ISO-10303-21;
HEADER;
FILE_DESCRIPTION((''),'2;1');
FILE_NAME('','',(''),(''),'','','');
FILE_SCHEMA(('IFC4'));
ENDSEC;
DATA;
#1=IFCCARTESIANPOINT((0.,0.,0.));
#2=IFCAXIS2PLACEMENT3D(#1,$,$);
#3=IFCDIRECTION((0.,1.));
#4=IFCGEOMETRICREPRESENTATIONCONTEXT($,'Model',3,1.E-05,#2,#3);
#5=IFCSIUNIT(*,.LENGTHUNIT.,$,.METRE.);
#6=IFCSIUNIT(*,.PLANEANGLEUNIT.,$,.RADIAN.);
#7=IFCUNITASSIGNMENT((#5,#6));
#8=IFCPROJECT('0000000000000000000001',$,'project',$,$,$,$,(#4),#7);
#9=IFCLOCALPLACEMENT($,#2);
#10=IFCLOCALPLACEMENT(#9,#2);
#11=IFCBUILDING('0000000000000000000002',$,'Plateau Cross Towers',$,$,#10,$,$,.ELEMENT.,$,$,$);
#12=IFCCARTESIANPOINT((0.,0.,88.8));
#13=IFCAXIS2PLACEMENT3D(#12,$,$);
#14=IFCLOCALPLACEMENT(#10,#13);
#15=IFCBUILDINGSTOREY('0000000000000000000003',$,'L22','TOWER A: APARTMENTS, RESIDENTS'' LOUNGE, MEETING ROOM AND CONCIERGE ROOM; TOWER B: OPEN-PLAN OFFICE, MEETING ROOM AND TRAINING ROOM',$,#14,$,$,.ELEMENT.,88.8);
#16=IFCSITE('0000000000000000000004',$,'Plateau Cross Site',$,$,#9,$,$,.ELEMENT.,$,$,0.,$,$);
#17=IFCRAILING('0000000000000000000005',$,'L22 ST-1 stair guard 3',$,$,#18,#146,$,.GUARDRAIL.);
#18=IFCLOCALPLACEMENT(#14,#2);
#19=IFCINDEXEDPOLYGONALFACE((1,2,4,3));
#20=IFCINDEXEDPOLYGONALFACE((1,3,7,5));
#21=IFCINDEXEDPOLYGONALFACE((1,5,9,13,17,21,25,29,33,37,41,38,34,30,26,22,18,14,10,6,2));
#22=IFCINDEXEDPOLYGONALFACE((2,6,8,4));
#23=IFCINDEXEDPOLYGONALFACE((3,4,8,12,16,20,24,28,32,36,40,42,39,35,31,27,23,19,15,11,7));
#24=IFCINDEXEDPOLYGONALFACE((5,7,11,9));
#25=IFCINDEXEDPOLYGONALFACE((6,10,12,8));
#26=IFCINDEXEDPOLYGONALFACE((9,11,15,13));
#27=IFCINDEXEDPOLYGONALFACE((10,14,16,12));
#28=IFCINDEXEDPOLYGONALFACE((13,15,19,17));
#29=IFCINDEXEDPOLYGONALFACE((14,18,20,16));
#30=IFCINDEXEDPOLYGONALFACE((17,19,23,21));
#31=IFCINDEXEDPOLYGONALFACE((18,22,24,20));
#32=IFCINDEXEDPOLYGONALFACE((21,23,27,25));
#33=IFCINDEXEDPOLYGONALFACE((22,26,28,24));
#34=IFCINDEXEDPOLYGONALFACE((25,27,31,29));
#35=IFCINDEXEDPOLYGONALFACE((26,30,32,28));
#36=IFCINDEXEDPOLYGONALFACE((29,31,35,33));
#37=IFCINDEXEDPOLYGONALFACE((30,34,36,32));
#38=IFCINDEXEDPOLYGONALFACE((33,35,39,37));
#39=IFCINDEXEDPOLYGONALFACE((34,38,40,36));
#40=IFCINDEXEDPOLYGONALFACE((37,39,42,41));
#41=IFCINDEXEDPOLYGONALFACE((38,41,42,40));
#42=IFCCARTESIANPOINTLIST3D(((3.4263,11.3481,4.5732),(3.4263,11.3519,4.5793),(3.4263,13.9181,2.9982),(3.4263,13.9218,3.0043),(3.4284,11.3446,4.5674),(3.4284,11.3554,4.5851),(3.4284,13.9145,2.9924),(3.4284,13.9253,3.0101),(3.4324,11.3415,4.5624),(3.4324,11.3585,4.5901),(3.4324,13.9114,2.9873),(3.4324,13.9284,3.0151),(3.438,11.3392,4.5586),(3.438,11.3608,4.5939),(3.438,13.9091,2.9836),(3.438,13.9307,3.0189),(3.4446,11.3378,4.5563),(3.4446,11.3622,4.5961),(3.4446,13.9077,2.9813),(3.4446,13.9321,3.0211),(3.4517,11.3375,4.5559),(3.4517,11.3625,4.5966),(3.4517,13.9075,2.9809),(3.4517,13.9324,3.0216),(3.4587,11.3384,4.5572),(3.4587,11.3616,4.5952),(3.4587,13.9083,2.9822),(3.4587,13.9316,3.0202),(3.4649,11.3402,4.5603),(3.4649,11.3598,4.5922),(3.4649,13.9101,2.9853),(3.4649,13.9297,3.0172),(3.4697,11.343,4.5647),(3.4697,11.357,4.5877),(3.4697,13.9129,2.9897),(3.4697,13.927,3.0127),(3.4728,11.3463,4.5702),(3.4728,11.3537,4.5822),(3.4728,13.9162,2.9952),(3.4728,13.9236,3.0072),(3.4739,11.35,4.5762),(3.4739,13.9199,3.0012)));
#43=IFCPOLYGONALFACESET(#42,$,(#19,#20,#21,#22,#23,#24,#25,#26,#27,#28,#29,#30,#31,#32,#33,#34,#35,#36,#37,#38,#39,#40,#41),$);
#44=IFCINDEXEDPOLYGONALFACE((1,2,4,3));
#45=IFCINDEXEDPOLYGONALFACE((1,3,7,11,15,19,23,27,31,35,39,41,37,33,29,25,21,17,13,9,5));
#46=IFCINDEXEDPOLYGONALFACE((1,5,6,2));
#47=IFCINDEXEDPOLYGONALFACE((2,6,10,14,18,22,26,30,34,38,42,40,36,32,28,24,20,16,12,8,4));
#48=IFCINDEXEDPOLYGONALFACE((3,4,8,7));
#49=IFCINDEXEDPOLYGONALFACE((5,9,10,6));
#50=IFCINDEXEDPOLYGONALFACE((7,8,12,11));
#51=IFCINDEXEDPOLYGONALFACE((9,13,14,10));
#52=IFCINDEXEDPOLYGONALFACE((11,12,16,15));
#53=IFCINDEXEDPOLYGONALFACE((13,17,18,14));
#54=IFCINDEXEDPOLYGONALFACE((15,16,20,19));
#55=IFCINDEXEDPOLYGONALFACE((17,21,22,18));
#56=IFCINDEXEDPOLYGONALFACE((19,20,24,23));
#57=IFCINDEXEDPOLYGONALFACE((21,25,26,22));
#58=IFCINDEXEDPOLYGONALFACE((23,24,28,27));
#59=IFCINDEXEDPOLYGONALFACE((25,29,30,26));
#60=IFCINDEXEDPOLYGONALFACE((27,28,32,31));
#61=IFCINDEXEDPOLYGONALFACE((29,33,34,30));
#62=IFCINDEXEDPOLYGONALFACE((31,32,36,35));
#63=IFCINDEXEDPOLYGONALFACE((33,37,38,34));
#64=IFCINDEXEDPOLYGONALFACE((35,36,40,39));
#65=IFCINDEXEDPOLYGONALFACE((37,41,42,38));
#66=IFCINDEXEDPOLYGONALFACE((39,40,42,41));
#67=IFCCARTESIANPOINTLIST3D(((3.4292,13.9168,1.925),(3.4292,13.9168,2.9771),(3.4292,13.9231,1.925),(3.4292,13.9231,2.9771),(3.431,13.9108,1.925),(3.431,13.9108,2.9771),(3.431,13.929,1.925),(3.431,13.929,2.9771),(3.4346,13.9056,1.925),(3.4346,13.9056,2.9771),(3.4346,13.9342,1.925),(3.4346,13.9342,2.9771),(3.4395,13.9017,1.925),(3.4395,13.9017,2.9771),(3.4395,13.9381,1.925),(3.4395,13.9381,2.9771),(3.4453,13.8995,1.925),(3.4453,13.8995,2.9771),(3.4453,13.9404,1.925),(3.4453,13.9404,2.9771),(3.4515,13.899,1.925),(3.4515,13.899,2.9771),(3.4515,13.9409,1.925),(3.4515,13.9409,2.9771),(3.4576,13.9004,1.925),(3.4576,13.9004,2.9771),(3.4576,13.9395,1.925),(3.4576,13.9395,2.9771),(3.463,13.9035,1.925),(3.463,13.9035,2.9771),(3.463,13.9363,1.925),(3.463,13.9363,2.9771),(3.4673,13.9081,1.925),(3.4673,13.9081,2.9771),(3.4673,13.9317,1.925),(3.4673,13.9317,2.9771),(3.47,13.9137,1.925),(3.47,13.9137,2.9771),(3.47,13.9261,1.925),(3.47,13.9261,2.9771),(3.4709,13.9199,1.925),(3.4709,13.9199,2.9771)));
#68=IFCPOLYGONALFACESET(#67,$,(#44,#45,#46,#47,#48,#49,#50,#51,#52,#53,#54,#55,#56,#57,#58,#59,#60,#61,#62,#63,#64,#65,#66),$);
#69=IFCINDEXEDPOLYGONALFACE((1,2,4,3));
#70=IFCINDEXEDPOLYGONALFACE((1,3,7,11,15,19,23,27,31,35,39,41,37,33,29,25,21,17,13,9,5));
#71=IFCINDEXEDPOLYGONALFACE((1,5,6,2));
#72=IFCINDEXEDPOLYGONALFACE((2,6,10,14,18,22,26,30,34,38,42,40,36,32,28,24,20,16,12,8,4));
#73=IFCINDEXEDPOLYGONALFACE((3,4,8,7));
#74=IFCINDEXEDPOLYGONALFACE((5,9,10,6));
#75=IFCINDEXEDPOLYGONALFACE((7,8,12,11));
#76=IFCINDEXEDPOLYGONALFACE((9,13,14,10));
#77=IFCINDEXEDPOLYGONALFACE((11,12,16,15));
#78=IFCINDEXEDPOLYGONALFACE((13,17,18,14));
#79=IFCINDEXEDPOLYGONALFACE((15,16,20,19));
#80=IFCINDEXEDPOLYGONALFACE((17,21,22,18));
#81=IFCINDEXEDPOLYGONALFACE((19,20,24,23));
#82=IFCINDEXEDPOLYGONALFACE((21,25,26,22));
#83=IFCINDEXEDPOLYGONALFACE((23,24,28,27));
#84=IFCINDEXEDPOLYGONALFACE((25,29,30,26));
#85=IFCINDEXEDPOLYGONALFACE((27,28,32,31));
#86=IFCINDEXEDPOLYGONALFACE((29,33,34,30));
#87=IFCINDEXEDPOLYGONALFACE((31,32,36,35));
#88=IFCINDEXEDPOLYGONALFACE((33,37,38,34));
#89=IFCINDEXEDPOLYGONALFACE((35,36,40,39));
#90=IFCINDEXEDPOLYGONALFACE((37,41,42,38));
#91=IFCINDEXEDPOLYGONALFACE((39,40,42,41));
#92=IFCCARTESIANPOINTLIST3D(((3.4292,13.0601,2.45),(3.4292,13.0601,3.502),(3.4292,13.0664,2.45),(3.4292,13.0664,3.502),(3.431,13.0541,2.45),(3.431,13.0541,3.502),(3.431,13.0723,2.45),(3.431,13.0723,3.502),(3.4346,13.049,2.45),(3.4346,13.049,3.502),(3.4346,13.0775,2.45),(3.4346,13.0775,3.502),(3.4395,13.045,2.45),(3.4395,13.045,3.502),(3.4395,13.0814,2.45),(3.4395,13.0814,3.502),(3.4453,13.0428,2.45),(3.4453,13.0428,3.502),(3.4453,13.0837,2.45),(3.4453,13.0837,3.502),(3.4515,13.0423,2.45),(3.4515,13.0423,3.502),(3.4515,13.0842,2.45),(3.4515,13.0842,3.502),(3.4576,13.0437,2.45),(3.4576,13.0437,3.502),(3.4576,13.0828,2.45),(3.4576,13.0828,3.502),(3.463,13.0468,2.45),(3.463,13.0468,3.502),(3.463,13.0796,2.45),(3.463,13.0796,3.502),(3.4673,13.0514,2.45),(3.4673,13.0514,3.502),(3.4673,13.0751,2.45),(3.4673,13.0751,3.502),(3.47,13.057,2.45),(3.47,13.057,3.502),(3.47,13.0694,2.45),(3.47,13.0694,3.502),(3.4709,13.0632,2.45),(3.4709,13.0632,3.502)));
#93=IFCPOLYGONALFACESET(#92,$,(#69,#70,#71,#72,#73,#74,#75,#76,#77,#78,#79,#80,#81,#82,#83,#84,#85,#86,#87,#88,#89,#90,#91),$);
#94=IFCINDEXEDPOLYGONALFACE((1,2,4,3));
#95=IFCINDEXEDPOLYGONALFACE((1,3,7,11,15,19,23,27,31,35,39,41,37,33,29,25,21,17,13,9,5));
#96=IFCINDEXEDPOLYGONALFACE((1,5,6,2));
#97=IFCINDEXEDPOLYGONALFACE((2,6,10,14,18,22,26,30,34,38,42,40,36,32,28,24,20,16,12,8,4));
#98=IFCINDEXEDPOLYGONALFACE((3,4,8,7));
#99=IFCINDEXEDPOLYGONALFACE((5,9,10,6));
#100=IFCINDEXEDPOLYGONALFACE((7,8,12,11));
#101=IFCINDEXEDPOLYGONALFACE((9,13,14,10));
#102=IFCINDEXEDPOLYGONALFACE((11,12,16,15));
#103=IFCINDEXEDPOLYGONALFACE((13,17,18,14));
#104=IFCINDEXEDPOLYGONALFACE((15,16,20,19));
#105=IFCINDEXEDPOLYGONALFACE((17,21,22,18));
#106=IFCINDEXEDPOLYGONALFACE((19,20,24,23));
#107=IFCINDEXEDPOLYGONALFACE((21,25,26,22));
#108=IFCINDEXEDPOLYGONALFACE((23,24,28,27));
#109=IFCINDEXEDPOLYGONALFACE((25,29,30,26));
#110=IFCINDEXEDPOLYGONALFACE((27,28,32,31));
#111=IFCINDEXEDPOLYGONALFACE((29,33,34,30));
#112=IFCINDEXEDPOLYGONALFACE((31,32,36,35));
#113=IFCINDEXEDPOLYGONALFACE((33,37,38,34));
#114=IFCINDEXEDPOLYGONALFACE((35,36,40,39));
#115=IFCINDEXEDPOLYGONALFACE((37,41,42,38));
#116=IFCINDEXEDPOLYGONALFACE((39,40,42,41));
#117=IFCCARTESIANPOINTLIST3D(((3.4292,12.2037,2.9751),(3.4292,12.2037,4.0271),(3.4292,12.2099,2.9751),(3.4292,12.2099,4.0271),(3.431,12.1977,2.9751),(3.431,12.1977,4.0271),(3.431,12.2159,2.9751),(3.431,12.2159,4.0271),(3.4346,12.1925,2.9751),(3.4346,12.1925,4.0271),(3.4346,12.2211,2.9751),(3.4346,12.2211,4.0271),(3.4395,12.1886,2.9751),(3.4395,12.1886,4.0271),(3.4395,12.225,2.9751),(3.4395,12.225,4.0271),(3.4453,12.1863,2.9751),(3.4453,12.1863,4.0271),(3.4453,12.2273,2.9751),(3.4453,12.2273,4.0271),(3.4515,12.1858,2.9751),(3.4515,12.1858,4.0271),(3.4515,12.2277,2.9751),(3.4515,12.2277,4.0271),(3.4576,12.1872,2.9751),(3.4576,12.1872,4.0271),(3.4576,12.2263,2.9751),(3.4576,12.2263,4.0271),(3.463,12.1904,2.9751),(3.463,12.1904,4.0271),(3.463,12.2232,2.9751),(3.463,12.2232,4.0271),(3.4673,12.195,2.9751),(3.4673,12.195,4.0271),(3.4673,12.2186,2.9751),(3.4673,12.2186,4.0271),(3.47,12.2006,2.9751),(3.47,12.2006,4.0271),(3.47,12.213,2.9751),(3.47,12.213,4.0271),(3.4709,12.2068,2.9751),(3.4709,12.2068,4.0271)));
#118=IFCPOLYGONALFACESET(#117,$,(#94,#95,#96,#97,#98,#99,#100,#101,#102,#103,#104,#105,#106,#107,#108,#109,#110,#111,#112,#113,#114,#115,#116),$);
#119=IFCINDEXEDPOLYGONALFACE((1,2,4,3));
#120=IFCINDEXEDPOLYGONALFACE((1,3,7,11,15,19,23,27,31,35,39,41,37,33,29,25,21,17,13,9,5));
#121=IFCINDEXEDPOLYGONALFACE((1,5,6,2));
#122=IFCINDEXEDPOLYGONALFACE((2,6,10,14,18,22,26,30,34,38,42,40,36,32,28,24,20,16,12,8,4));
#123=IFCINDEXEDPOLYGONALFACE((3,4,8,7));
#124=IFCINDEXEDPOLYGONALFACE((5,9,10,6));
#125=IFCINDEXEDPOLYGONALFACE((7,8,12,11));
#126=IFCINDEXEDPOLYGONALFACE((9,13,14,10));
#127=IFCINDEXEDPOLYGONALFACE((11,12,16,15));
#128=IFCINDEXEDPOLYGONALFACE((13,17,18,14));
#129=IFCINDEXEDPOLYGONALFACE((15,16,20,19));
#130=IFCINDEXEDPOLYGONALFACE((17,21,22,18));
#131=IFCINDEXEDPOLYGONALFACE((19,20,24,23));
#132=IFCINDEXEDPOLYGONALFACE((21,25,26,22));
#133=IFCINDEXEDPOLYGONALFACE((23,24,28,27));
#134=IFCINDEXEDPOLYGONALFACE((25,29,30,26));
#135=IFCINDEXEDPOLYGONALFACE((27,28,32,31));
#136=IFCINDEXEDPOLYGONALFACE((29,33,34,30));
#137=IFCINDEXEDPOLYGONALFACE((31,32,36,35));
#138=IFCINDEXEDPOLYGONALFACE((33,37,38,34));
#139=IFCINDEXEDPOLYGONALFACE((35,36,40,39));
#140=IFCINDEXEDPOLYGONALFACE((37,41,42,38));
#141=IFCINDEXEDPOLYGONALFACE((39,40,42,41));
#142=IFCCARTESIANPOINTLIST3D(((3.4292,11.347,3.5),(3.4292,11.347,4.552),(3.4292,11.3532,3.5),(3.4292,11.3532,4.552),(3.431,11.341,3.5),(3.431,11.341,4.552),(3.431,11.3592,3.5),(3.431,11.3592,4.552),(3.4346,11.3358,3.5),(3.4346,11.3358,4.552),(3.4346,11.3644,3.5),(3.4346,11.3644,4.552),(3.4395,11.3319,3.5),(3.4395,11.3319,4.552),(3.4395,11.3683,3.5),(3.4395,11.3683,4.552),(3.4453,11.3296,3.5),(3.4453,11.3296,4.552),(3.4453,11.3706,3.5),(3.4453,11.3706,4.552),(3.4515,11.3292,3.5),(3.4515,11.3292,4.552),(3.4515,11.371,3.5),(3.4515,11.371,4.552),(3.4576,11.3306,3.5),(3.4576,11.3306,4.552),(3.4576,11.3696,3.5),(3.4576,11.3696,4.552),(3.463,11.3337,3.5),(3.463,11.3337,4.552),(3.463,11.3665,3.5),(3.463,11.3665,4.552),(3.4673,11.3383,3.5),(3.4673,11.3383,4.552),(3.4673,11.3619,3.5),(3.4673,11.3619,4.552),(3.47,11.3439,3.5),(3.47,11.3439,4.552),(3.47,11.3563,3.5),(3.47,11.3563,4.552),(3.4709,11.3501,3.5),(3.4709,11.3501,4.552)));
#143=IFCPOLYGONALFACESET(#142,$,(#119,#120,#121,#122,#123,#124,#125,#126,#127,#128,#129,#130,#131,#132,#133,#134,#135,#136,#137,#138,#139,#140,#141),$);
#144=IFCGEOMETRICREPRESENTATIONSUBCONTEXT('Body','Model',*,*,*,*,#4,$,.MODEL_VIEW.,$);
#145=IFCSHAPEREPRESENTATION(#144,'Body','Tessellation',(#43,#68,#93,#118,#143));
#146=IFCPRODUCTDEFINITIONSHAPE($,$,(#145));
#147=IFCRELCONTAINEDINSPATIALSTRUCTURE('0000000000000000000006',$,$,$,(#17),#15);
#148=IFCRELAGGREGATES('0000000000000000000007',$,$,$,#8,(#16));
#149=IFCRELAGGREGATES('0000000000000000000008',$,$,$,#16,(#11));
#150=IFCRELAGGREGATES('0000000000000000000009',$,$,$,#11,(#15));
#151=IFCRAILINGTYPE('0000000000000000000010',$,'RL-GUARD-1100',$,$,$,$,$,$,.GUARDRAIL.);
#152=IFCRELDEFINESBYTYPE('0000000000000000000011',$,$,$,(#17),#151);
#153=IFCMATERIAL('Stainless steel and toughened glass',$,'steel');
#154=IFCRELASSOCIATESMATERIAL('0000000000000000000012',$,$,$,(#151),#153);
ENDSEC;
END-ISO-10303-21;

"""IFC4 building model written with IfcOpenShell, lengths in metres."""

from ifc_helpers import new_model, si_unit, direction, frame, origin, origin_2d, place, context, subcontext, project, spatial, circle, extrude, material, type_object, element, save


model = new_model("IFC4")

# Units and contexts
model_context = context("Model", 3, precision=1e-05, world=origin(), true_north=direction((0.0, 1.0)))
body_context = subcontext(model_context, "Body", "Model", "MODEL_VIEW")
ifc_project = project(units=[si_unit("LENGTHUNIT", "METRE"), si_unit("PLANEANGLEUNIT", "RADIAN")], contexts=[model_context])

# Site, building, storey
site_placement = place(None, origin())
site = spatial("IfcSite", under=ifc_project, at=site_placement, Name="Plateau Cross Site", CompositionType="ELEMENT", RefElevation=0.0)
building_placement = place(site_placement, origin())
building = spatial("IfcBuilding", under=site, at=building_placement, Name="Plateau Cross Towers", CompositionType="ELEMENT")
storey_placement = place(building_placement, frame((0.0, 0.0, 88.8)))
storey = spatial("IfcBuildingStorey", under=building, at=storey_placement, Name="L22", Description="TOWER A: APARTMENTS, RESIDENTS' LOUNGE, MEETING ROOM AND CONCIERGE ROOM; TOWER B: OPEN-PLAN OFFICE, MEETING ROOM AND TRAINING ROOM", CompositionType="ELEMENT", Elevation=88.8)

# Railing
ifc_material_1 = material(Name="Stainless steel and toughened glass", Category="steel")
railing_type_1 = type_object("IfcRailingType", Name="RL-GUARD-1100", PredefinedType="GUARDRAIL", material=ifc_material_1)
railing_1_placement = place(storey_placement, frame((3.45, 13.9199, 1.925)))
element("IfcRailing", 1, at=railing_1_placement, inside=storey, type_object=railing_type_1, Name="L22 ST-1 stair guard 3", PredefinedType="GUARDRAIL", context=body_context, shape_type="SweptSolid", body=[
    extrude(circle(Radius=0.0239, at=origin_2d()), frame((0.0, 0.0, 1.0762), z_axis=(0.0, -0.852616, 0.522537), x_axis=(1.0, 0.0, 0.0)), (0.0, 0.0, 1.0), 3.0142),
    extrude(circle(Radius=0.021, at=origin_2d()), origin(), (0.0, 0.0, 1.0), 1.052),
    extrude(circle(Radius=0.021, at=origin_2d()), frame((0.0, -0.8567, 0.5249)), (0.0, 0.0, 1.0), 1.052),
    extrude(circle(Radius=0.021, at=origin_2d()), frame((0.0, -1.7131, 1.05)), (0.0, 0.0, 1.0), 1.052),
    extrude(circle(Radius=0.021, at=origin_2d()), frame((0.0, -2.5698, 1.575)), (0.0, 0.0, 1.0), 1.052),
])

save(model, "model.ifc")
